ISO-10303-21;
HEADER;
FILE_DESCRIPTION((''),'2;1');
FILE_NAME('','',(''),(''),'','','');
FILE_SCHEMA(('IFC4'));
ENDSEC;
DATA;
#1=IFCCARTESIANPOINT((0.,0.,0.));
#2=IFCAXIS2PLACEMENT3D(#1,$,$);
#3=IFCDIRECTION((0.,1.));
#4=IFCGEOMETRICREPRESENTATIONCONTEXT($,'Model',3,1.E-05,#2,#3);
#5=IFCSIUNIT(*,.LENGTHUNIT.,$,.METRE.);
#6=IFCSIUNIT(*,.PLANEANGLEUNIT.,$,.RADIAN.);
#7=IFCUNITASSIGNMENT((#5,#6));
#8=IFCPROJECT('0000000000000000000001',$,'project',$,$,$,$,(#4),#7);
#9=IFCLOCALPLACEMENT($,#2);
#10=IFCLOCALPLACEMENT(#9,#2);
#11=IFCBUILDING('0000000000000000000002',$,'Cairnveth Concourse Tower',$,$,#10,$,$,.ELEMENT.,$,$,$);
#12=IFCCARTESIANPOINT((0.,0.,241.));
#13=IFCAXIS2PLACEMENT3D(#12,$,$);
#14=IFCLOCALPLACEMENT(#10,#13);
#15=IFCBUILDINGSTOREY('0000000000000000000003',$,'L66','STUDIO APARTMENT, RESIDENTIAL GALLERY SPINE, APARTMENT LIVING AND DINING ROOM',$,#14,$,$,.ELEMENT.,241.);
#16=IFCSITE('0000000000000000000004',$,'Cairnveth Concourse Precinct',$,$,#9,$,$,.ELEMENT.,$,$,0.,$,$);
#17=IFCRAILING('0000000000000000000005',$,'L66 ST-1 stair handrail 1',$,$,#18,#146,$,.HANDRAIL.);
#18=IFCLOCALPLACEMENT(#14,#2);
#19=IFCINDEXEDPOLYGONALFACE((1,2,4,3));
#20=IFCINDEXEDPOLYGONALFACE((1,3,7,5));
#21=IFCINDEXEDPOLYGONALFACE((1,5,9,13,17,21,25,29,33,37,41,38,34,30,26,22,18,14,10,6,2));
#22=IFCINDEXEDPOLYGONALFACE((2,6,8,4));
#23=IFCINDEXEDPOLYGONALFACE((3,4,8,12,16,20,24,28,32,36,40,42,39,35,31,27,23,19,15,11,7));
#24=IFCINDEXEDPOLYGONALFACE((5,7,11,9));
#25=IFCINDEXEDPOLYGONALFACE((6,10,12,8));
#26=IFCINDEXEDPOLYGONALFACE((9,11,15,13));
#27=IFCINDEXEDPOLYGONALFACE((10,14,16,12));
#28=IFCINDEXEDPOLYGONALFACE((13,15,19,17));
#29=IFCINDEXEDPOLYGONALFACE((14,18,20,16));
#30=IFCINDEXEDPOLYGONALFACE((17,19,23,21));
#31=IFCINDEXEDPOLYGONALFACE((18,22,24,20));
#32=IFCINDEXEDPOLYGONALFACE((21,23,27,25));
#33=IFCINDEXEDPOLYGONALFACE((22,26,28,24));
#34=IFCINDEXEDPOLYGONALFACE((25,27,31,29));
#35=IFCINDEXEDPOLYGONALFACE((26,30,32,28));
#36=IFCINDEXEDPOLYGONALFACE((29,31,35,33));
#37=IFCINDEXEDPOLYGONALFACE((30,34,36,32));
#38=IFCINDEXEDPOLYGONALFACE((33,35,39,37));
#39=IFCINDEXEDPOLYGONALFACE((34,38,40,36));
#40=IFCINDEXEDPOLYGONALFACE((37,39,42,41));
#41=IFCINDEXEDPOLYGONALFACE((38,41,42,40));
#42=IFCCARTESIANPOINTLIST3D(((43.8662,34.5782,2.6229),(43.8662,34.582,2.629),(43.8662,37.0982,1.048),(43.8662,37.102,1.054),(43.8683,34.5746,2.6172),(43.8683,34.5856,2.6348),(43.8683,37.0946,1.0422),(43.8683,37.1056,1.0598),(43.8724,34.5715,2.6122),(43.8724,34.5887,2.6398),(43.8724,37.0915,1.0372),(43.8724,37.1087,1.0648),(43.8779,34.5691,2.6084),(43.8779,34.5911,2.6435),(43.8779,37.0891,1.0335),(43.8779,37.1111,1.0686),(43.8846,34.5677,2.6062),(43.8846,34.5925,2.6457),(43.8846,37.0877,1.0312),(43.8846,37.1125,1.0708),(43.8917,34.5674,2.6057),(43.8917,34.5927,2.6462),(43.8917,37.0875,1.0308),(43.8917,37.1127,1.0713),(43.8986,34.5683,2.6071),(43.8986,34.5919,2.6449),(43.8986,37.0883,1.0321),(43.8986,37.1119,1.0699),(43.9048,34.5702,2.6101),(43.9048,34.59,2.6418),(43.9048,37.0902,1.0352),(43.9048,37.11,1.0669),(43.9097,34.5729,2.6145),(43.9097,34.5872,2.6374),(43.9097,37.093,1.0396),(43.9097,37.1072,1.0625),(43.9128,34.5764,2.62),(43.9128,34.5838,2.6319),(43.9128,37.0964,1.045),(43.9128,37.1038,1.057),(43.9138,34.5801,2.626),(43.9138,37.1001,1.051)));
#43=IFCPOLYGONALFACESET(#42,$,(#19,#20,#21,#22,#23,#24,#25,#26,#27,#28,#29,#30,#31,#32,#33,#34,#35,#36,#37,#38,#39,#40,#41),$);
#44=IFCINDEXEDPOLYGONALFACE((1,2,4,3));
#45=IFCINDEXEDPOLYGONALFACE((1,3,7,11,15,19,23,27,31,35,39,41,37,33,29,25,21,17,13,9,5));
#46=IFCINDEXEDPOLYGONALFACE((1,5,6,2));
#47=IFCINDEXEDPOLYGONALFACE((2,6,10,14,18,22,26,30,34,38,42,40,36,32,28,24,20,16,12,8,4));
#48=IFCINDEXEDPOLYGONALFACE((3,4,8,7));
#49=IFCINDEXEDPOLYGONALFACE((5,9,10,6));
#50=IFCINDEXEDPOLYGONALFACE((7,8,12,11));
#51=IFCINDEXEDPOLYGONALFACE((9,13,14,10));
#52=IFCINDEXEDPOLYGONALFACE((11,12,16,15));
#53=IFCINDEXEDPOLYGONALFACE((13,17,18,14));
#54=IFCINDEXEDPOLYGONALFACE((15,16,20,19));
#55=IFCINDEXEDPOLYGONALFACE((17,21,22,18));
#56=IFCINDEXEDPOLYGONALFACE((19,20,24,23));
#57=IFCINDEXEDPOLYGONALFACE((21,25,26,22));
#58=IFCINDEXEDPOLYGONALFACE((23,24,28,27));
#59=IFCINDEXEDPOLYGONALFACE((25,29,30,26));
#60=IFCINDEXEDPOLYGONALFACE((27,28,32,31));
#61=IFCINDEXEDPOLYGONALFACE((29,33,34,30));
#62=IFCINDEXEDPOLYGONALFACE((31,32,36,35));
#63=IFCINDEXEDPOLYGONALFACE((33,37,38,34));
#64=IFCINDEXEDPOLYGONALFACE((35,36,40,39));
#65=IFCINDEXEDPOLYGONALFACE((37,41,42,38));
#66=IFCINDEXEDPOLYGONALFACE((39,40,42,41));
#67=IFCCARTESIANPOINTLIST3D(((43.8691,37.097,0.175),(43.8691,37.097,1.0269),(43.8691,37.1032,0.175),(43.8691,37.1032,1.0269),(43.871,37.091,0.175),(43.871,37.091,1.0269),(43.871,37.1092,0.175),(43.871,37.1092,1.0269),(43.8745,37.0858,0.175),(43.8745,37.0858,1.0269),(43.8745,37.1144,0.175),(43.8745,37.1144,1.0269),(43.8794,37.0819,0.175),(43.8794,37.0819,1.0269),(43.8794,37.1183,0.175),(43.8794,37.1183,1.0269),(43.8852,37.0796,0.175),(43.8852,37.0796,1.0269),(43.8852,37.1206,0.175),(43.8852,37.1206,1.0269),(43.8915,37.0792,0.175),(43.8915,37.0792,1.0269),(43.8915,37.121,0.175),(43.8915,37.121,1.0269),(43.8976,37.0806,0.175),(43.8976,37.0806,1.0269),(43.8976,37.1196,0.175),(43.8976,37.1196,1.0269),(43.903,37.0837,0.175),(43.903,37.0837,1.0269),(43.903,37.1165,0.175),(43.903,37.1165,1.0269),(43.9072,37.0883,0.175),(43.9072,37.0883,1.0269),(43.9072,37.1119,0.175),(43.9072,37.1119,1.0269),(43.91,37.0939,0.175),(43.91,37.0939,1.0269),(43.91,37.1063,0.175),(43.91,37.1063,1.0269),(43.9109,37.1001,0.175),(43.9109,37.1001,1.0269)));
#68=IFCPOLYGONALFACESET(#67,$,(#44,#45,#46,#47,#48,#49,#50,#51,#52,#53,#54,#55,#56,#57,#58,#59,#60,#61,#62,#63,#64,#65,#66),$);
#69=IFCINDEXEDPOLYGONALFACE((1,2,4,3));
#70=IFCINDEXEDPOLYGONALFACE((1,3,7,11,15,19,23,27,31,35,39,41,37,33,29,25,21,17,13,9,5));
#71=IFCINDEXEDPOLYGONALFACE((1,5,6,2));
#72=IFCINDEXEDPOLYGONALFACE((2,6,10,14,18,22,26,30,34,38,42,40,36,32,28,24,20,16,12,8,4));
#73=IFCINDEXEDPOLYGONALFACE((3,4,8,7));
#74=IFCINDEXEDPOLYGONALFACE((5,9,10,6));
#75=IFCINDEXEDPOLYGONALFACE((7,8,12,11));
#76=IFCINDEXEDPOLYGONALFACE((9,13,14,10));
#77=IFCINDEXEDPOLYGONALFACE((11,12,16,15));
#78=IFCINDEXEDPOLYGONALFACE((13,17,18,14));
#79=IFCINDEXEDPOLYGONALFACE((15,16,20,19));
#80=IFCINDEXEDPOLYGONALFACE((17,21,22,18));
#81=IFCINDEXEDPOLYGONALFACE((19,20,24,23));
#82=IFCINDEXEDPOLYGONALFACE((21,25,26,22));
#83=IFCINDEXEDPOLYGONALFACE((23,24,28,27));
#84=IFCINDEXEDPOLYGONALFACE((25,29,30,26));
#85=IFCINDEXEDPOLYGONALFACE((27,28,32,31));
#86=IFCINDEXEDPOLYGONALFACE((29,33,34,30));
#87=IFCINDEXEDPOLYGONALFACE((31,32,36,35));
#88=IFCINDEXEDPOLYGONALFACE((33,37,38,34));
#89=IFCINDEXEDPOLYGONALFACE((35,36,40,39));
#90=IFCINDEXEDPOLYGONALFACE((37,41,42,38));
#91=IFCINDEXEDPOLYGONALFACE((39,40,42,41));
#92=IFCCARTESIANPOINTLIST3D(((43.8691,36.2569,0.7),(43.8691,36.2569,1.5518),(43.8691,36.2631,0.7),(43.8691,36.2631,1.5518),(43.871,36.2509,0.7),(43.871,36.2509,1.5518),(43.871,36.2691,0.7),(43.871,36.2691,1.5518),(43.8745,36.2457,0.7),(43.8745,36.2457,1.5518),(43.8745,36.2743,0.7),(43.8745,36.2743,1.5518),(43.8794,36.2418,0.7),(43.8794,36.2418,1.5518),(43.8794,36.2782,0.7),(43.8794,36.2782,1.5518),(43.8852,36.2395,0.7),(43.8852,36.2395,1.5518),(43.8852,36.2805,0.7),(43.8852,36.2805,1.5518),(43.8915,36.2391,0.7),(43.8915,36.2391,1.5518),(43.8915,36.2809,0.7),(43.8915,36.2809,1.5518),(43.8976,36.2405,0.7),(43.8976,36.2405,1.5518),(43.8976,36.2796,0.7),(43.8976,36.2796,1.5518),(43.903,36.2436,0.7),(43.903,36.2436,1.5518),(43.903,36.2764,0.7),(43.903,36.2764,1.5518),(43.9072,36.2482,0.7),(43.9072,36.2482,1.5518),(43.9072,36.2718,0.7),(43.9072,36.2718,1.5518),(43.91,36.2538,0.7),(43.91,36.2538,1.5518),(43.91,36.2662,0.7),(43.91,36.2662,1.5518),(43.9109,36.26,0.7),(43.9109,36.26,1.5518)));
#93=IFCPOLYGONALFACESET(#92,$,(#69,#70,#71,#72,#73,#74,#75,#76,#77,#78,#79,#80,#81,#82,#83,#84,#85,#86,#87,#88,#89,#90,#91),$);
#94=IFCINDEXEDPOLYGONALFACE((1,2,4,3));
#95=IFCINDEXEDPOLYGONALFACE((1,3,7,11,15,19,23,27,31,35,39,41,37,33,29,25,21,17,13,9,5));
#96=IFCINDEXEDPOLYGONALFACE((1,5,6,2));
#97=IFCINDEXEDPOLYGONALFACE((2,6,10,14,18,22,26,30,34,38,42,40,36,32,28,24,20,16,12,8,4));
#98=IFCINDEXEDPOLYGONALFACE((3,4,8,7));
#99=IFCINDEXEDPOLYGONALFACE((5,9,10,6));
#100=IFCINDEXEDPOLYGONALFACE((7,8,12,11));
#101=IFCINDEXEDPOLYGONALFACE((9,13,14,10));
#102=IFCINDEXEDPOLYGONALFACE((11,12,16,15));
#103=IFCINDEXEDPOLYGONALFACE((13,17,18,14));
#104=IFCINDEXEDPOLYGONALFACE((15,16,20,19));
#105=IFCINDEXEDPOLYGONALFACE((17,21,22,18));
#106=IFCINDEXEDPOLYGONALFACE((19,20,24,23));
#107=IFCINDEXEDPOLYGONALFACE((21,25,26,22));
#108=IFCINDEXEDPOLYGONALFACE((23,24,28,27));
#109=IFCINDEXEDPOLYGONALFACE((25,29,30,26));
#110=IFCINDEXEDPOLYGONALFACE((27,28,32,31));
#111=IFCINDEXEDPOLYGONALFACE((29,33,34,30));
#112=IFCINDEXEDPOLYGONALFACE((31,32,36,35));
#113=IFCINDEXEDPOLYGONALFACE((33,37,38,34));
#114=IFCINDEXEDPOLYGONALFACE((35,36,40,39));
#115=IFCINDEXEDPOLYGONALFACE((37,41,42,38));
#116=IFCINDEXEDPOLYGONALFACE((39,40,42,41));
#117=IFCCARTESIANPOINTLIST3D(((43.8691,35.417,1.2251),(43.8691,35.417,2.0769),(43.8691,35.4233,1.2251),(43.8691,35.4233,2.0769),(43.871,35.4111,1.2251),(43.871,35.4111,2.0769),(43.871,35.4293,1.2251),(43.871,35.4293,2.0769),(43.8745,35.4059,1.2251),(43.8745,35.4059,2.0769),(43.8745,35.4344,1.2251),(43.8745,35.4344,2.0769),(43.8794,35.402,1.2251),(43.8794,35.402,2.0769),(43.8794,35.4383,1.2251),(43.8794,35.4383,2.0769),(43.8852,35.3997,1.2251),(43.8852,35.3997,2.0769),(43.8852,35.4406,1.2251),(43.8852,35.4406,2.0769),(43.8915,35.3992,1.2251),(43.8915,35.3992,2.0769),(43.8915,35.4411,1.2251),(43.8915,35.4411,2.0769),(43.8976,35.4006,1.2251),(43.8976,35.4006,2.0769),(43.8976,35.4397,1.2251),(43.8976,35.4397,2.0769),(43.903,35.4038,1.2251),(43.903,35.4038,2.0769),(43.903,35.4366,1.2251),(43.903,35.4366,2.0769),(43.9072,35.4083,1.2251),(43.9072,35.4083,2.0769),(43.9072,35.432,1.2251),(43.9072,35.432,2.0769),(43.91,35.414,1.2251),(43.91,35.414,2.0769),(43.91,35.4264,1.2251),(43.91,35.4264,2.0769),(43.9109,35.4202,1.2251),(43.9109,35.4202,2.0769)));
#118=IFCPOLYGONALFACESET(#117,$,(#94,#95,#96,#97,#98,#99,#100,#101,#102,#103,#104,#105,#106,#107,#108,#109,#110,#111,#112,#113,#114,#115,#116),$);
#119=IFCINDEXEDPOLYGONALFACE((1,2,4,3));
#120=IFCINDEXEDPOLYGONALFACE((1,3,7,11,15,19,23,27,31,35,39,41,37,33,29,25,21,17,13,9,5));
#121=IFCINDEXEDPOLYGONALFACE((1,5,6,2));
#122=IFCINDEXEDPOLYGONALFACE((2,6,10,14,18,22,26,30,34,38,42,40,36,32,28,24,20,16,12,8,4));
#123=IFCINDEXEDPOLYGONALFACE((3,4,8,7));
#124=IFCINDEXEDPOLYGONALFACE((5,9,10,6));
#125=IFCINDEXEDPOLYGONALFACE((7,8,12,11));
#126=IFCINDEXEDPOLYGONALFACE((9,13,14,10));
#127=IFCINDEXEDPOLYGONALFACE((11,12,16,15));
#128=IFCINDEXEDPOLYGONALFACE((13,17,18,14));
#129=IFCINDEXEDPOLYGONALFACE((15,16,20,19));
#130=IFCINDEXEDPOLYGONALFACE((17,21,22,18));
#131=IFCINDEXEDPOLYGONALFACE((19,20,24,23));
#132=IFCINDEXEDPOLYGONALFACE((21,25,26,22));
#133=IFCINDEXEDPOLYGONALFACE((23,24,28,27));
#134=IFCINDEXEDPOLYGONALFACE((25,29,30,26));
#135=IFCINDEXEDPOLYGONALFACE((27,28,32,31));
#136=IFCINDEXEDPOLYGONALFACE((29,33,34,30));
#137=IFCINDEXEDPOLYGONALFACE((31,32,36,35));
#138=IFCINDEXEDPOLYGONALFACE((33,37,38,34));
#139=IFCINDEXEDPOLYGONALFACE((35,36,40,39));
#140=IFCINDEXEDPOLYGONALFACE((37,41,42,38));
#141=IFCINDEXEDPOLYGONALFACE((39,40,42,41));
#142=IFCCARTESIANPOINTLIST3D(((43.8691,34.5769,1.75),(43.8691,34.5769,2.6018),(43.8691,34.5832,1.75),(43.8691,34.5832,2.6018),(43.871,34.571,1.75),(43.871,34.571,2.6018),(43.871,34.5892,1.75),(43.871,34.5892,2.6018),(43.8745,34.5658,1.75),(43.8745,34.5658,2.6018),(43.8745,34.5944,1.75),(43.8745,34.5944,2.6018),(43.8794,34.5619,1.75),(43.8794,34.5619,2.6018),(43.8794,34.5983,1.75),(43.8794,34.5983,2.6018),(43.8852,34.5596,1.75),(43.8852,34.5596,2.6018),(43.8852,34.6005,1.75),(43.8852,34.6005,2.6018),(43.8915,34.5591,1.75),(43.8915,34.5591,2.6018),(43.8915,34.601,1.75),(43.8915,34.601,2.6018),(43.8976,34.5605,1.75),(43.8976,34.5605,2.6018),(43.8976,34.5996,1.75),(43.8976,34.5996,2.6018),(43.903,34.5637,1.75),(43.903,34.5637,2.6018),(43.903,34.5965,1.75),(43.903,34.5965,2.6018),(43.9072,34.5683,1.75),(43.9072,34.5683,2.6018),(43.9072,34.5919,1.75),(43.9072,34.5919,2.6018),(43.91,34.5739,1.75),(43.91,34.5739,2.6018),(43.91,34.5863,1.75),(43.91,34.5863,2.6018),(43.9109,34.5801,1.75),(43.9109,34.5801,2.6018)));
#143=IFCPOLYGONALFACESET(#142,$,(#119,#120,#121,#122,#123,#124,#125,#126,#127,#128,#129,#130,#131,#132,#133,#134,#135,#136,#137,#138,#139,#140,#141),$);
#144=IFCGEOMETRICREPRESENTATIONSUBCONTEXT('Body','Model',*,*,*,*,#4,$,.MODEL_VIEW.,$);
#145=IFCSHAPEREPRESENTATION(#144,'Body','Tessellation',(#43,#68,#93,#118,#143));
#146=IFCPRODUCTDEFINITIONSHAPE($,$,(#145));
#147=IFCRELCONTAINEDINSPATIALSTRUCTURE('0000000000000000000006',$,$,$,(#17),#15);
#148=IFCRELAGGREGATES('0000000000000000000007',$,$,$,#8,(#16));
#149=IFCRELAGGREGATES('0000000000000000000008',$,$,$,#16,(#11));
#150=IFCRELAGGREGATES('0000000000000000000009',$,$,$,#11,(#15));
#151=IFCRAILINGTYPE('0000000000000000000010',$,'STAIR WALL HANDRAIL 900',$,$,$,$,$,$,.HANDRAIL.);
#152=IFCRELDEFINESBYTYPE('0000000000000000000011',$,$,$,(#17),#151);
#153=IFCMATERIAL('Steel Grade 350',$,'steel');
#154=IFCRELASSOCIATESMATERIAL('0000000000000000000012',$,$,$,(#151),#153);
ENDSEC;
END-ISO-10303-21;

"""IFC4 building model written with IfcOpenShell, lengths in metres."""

from ifc_helpers import new_model, si_unit, direction, frame, origin, origin_2d, place, context, subcontext, project, spatial, circle, extrude, material, type_object, element, save


model = new_model("IFC4")

# Units and contexts
model_context = context("Model", 3, precision=1e-05, world=origin(), true_north=direction((0.0, 1.0)))
body_context = subcontext(model_context, "Body", "Model", "MODEL_VIEW")
ifc_project = project(units=[si_unit("LENGTHUNIT", "METRE"), si_unit("PLANEANGLEUNIT", "RADIAN")], contexts=[model_context])

# Site, building, storey
site_placement = place(None, origin())
site = spatial("IfcSite", under=ifc_project, at=site_placement, Name="Cairnveth Concourse Precinct", CompositionType="ELEMENT", RefElevation=0.0)
building_placement = place(site_placement, origin())
building = spatial("IfcBuilding", under=site, at=building_placement, Name="Cairnveth Concourse Tower", CompositionType="ELEMENT")
storey_placement = place(building_placement, frame((0.0, 0.0, 241.0)))
storey = spatial("IfcBuildingStorey", under=building, at=storey_placement, Name="L66", Description="STUDIO APARTMENT, RESIDENTIAL GALLERY SPINE, APARTMENT LIVING AND DINING ROOM", CompositionType="ELEMENT", Elevation=241.0)

# Shared definitions
ifc_material_1 = material(Name="Steel Grade 350", Category="steel")

# Railing
railing_type_1 = type_object("IfcRailingType", Name="STAIR WALL HANDRAIL 900", PredefinedType="HANDRAIL", material=ifc_material_1)
railing_1_placement = place(storey_placement, frame((43.8899, 37.1001, 0.175)))
element("IfcRailing", 1, at=railing_1_placement, inside=storey, type_object=railing_type_1, Name="L66 ST-1 stair handrail 1", PredefinedType="HANDRAIL", context=body_context, shape_type="SweptSolid", body=[
    extrude(circle(Radius=0.0239, at=origin_2d()), frame((0.0, 0.0, 0.876), z_axis=(0.0, -0.848008, 0.529984), x_axis=(1.0, 0.0, 0.0)), (0.0, 0.0, 1.0), 2.9717),
    extrude(circle(Radius=0.021, at=origin_2d()), origin(), (0.0, 0.0, 1.0), 0.8518),
    extrude(circle(Radius=0.021, at=origin_2d()), frame((0.0, -0.8401, 0.5249)), (0.0, 0.0, 1.0), 0.8518),
    extrude(circle(Radius=0.021, at=origin_2d()), frame((0.0, -1.6799, 1.05)), (0.0, 0.0, 1.0), 0.8518),
    extrude(circle(Radius=0.021, at=origin_2d()), frame((0.0, -2.52, 1.575)), (0.0, 0.0, 1.0), 0.8518),
])

save(model, "model.ifc")
